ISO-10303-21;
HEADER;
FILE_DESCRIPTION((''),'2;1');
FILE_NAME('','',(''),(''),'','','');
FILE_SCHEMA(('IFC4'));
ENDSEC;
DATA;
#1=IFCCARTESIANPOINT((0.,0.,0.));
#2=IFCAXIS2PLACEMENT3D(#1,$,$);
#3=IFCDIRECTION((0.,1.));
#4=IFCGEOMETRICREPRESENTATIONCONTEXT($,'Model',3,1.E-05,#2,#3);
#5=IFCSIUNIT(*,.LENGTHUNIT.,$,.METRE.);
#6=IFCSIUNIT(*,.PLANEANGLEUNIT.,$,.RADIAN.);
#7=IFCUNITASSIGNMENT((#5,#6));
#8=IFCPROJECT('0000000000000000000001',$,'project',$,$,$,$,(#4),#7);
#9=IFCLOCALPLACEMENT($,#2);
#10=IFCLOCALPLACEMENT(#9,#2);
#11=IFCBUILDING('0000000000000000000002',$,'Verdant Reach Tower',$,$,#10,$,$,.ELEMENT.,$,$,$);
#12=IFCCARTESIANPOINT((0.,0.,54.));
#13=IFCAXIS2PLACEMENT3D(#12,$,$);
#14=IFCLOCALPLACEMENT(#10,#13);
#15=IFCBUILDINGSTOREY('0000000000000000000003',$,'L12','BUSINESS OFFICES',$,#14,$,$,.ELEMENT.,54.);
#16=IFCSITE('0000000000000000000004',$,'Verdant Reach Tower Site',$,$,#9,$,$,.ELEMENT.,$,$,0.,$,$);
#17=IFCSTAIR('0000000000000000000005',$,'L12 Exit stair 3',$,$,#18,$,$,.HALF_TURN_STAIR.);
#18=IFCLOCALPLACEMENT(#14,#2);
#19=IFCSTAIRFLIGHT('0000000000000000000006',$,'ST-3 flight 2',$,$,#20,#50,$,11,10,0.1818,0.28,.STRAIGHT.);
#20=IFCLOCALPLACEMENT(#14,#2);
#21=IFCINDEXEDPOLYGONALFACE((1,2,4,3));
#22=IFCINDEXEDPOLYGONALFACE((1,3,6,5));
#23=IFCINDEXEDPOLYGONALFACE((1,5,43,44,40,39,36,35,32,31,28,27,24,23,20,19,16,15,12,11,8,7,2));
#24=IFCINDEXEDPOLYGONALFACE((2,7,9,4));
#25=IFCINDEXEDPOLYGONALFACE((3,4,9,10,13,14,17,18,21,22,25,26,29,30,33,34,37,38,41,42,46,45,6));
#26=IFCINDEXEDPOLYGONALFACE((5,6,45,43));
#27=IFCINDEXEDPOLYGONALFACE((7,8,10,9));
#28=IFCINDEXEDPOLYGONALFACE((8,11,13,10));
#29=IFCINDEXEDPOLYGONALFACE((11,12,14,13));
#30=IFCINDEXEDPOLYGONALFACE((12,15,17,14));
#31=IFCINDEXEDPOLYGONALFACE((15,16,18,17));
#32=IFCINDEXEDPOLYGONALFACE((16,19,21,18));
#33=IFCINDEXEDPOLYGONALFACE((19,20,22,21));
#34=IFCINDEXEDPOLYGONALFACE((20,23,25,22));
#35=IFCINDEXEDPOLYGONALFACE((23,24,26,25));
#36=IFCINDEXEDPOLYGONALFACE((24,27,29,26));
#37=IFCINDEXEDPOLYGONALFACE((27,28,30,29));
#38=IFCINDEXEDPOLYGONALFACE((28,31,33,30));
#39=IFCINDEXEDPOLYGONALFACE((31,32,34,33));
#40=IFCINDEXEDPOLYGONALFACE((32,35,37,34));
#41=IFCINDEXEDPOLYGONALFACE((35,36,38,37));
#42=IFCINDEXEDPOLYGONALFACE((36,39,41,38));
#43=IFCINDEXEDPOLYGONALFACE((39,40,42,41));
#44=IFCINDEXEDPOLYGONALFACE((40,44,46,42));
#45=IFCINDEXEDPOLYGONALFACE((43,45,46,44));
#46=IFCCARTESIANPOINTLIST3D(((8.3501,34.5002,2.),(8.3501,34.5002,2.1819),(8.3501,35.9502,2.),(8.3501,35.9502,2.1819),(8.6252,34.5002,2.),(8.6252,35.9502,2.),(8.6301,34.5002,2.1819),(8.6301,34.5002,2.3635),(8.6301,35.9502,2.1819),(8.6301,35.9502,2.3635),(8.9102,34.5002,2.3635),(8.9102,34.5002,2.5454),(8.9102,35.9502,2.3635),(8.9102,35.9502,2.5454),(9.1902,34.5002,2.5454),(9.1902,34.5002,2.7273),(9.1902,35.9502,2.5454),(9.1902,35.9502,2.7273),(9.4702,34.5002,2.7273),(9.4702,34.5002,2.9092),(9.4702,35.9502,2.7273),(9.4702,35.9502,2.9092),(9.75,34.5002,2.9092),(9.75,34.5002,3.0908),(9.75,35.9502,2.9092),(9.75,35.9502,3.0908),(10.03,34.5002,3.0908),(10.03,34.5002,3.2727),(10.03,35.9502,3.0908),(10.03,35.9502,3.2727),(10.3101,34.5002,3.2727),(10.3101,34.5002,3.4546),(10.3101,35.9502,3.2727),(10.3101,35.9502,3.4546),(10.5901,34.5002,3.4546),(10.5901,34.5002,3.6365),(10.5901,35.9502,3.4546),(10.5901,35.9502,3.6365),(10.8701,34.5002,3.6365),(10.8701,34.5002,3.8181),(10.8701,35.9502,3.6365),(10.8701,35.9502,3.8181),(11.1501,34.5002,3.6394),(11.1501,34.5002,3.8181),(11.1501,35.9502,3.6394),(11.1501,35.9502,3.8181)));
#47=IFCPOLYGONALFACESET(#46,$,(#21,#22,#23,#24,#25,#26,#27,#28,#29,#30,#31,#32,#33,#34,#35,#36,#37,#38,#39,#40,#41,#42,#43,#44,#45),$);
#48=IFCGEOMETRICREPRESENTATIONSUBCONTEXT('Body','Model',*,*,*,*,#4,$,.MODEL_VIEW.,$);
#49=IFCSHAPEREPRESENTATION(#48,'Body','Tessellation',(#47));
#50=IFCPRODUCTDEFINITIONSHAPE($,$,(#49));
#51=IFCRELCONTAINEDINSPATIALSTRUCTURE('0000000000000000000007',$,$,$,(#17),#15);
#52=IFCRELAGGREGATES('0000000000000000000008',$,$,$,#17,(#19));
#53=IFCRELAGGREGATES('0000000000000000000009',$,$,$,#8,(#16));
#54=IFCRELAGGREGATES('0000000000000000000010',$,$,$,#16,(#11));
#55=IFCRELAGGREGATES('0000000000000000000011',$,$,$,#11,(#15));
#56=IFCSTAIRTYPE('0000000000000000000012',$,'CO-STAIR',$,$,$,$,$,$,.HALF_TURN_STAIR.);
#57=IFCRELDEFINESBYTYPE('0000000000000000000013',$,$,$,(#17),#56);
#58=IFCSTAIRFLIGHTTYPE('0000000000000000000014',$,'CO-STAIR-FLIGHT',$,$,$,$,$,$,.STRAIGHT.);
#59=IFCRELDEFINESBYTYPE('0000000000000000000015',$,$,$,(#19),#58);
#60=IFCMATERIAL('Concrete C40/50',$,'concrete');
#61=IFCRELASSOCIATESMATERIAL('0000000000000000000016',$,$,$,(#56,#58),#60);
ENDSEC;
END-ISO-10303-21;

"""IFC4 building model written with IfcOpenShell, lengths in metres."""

from ifc_helpers import new_model, si_unit, direction, frame, origin, place, context, subcontext, project, spatial, polyline, outline, extrude, material, type_object, element, aggregate, save


model = new_model("IFC4")

# Units and contexts
model_context = context("Model", 3, precision=1e-05, world=origin(), true_north=direction((0.0, 1.0)))
body_context = subcontext(model_context, "Body", "Model", "MODEL_VIEW")
ifc_project = project(units=[si_unit("LENGTHUNIT", "METRE"), si_unit("PLANEANGLEUNIT", "RADIAN")], contexts=[model_context])

# Site, building, storey
site_placement = place(None, origin())
site = spatial("IfcSite", under=ifc_project, at=site_placement, Name="Verdant Reach Tower Site", CompositionType="ELEMENT", RefElevation=0.0)
building_placement = place(site_placement, origin())
building = spatial("IfcBuilding", under=site, at=building_placement, Name="Verdant Reach Tower", CompositionType="ELEMENT")
storey_placement = place(building_placement, frame((0.0, 0.0, 54.0)))
storey = spatial("IfcBuildingStorey", under=building, at=storey_placement, Name="L12", Description="BUSINESS OFFICES", CompositionType="ELEMENT", Elevation=54.0)

# Shared definitions
ifc_material_1 = material(Name="Concrete C40/50", Category="concrete")

# Stair, stair flight
stair_type = type_object("IfcStairType", Name="CO-STAIR", PredefinedType="HALF_TURN_STAIR", material=ifc_material_1)
stair_placement = place(storey_placement, origin())
stair = element("IfcStair", 1, at=stair_placement, inside=storey, type_object=stair_type, Name="L12 Exit stair 3", PredefinedType="HALF_TURN_STAIR")
stair_flight_type = type_object("IfcStairFlightType", Name="CO-STAIR-FLIGHT", PredefinedType="STRAIGHT", material=ifc_material_1)
stair_flight_1_placement = place(storey_placement, frame((8.3501, 35.2251, 2.0), z_axis=(0.0, 0.0, 1.0), x_axis=(1.0, 0.0, 0.0)))
stair_flight_1 = element("IfcStairFlight", 2, at=stair_flight_1_placement, type_object=stair_flight_type, Name="ST-3 flight 2", NumberOfRisers=11, NumberOfTreads=10, PredefinedType="STRAIGHT", RiserHeight=0.1818, TreadLength=0.28, context=body_context, shape_type="SweptSolid", body=[
    extrude(outline(polyline([(0.0, 0.0), (0.0, 0.1819), (0.28, 0.1819), (0.28, 0.3635), (0.5601, 0.3635), (0.5601, 0.5454), (0.8401, 0.5454), (0.8401, 0.7273), (1.1201, 0.7273), (1.1201, 0.9092), (1.3999, 0.9092), (1.3999, 1.0908), (1.6799, 1.0908), (1.6799, 1.2727), (1.96, 1.2727), (1.96, 1.4546), (2.24, 1.4546), (2.24, 1.6365), (2.52, 1.6365), (2.52, 1.8181), (2.8, 1.8181), (2.8, 2.0), (2.8, 1.6394), (0.2751, 0.0), (0.0, 0.0)])), frame((0.0, 0.7251, 0.0), z_axis=(0.0, -1.0, 0.0), x_axis=(1.0, 0.0, 0.0)), (0.0, 0.0, 1.0), 1.45),
])
aggregate(stair, [stair_flight_1])

save(model, "model.ifc")
